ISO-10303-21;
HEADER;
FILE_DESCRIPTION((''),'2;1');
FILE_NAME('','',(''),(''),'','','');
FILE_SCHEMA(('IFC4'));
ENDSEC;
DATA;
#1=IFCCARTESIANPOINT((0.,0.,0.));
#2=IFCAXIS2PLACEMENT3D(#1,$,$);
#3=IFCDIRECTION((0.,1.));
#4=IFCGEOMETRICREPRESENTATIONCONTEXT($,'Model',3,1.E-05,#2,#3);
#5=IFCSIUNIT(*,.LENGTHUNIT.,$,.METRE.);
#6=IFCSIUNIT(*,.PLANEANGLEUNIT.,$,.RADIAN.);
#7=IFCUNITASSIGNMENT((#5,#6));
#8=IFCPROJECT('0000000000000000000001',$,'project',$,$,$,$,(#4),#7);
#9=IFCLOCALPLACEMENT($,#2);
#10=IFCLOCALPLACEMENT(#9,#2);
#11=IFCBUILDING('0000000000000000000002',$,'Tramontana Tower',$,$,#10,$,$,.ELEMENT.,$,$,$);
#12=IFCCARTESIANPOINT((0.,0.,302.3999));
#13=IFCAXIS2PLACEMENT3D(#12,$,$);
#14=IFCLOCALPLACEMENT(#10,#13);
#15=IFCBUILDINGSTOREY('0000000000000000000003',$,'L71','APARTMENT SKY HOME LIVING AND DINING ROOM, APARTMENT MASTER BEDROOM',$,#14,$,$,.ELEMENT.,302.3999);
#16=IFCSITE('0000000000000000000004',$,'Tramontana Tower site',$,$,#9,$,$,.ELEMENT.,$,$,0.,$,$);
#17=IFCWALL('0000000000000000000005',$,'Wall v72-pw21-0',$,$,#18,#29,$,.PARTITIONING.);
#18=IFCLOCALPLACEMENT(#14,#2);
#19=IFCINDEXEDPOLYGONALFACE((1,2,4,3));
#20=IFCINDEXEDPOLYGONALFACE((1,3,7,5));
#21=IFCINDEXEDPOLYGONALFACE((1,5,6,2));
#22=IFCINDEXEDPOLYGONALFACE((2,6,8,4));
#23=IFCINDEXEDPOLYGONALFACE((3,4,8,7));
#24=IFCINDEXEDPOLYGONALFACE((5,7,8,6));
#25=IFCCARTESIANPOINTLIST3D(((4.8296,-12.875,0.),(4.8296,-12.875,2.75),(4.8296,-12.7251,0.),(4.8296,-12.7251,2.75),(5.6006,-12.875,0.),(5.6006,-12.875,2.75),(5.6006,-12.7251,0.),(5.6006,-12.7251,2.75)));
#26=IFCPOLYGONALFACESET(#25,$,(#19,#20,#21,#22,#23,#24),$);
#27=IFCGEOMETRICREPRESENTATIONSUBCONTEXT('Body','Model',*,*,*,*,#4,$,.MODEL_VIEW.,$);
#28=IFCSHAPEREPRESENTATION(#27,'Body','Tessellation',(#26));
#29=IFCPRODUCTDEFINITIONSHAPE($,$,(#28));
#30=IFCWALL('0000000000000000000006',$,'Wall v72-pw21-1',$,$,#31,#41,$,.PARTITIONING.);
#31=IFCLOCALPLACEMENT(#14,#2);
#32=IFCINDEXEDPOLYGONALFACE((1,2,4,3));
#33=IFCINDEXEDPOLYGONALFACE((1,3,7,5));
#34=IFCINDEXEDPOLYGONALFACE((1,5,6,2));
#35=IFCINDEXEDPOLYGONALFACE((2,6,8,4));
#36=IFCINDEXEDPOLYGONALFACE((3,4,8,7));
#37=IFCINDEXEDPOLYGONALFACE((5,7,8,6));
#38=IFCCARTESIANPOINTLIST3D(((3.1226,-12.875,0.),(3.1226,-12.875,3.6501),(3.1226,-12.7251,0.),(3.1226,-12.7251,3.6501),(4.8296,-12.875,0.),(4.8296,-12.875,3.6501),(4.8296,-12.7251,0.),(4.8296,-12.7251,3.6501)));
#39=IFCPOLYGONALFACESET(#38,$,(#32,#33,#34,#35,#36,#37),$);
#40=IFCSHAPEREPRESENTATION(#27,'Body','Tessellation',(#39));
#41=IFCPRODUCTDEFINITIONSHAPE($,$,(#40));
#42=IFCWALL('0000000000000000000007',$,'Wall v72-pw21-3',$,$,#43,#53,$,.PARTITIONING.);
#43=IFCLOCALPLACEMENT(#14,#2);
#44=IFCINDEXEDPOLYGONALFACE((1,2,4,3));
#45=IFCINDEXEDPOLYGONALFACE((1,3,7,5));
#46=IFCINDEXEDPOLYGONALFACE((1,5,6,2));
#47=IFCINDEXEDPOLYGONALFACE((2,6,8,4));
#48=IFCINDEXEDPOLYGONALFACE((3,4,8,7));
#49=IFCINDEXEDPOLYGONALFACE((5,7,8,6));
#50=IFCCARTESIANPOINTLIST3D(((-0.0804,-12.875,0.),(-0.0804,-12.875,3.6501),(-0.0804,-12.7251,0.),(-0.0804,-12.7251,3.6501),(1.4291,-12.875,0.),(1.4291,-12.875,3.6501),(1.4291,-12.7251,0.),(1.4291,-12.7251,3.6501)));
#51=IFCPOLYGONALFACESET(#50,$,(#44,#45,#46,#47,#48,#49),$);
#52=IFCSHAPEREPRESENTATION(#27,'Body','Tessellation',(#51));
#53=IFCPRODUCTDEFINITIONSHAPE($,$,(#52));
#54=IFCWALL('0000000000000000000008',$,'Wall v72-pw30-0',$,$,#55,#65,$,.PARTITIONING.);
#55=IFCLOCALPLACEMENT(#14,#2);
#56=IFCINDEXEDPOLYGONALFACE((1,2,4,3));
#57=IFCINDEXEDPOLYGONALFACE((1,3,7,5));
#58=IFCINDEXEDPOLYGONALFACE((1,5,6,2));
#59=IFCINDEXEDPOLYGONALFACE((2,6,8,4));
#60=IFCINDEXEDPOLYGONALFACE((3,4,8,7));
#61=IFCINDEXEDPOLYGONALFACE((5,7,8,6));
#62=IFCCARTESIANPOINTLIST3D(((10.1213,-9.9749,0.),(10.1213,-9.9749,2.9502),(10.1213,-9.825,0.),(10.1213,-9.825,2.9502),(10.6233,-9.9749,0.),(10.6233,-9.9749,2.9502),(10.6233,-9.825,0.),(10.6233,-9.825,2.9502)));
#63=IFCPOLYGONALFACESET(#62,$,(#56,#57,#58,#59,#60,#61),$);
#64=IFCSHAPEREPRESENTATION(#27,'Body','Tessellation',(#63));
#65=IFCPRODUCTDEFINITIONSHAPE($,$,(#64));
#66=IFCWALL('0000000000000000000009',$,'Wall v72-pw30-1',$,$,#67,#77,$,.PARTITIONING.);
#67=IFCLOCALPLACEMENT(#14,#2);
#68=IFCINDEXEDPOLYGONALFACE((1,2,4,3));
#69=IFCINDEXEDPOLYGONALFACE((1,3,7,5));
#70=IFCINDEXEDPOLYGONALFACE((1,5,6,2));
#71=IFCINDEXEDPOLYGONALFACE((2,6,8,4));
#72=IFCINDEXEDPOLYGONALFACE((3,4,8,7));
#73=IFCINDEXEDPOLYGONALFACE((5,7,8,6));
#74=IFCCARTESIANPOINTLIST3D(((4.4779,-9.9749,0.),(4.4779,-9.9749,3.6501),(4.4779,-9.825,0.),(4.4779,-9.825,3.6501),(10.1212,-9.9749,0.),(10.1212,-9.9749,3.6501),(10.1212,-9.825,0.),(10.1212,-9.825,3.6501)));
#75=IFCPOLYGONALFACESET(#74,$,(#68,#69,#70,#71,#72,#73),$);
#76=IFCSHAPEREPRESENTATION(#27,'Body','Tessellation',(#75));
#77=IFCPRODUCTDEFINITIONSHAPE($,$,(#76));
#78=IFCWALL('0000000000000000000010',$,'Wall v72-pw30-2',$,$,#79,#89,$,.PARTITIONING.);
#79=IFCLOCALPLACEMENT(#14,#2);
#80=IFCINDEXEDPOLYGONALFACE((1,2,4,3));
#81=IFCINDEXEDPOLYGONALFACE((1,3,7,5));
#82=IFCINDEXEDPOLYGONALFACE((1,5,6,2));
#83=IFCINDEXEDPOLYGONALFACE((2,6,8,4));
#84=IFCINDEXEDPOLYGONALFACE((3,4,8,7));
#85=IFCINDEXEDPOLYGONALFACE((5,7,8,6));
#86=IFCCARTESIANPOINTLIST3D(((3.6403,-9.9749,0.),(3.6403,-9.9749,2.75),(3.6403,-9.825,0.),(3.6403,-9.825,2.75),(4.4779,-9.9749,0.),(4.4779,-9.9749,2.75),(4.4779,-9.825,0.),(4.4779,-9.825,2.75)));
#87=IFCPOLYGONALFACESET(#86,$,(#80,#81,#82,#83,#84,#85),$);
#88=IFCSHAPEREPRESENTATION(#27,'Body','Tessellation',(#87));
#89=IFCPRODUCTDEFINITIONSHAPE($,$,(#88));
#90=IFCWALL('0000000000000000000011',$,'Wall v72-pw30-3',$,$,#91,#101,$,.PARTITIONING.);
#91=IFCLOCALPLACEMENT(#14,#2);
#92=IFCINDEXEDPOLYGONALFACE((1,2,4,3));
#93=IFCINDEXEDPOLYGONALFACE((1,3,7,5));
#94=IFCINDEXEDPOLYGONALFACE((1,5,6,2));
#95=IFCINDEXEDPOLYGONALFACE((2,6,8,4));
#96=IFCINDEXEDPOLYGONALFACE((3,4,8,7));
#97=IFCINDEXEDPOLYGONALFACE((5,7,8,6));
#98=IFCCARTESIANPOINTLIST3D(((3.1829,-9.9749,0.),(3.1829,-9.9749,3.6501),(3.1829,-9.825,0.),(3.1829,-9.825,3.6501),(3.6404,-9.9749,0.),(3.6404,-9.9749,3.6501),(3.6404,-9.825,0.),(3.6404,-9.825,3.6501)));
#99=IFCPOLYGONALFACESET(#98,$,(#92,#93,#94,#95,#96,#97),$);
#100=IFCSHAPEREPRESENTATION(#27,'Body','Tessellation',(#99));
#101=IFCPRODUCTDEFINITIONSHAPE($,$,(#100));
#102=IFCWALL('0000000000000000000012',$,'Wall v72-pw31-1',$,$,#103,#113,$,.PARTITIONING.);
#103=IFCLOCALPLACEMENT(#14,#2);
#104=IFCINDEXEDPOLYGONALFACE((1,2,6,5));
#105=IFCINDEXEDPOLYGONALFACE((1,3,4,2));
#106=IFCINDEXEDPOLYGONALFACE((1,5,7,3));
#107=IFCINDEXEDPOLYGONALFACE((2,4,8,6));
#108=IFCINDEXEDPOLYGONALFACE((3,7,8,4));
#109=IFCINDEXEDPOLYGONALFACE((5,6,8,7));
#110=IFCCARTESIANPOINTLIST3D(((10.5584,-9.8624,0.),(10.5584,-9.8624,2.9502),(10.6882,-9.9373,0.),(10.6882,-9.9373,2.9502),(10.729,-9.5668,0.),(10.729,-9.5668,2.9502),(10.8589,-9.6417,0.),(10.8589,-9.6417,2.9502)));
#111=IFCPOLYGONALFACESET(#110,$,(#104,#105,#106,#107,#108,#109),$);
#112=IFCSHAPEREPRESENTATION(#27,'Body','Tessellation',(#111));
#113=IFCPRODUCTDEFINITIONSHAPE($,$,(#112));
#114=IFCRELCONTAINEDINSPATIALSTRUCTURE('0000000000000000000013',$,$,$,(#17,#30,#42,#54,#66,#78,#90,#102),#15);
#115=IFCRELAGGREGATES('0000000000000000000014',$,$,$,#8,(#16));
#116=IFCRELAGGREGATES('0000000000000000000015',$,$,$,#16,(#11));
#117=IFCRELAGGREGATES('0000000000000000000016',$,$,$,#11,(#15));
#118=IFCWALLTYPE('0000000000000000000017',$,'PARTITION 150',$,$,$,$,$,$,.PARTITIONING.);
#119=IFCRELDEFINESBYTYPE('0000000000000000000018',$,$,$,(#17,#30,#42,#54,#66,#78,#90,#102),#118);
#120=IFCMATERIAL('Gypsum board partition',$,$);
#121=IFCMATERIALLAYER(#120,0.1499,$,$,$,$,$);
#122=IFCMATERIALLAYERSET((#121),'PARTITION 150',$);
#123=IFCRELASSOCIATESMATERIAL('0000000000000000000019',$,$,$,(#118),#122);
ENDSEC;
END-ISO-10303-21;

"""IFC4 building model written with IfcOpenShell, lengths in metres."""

from ifc_helpers import new_model, si_unit, direction, frame, frame_2d, origin, place, context, subcontext, project, spatial, rectangle, extrude, material, layer, layer_set, type_object, element, save


model = new_model("IFC4")

# Units and contexts
model_context = context("Model", 3, precision=1e-05, world=origin(), true_north=direction((0.0, 1.0)))
body_context = subcontext(model_context, "Body", "Model", "MODEL_VIEW")
ifc_project = project(units=[si_unit("LENGTHUNIT", "METRE"), si_unit("PLANEANGLEUNIT", "RADIAN")], contexts=[model_context])

# Site, building, storey
site_placement = place(None, origin())
site = spatial("IfcSite", under=ifc_project, at=site_placement, Name="Tramontana Tower site", CompositionType="ELEMENT", RefElevation=0.0)
building_placement = place(site_placement, origin())
building = spatial("IfcBuilding", under=site, at=building_placement, Name="Tramontana Tower", CompositionType="ELEMENT")
storey_placement = place(building_placement, frame((0.0, 0.0, 302.3999)))
storey = spatial("IfcBuildingStorey", under=building, at=storey_placement, Name="L71", Description="APARTMENT SKY HOME LIVING AND DINING ROOM, APARTMENT MASTER BEDROOM", CompositionType="ELEMENT", Elevation=302.3999)

# Shared definitions
ifc_material_1 = material(Name="Gypsum board partition")
ifc_layer_1 = layer(ifc_material_1, 0.1499)
ifc_layer_set_1 = layer_set([ifc_layer_1], Name="PARTITION 150")
wall_type_1 = type_object("IfcWallType", Name="PARTITION 150", PredefinedType="PARTITIONING", material=ifc_layer_set_1)

# Walls
wall_1_placement = place(storey_placement, frame((5.6006, -12.8, 0.0), z_axis=(0.0, 0.0, 1.0), x_axis=(-1.0, 0.0, 0.0)))
element("IfcWall", 1, at=wall_1_placement, inside=storey, type_object=wall_type_1, Name="Wall v72-pw21-0", PredefinedType="PARTITIONING", context=body_context, shape_type="SweptSolid", body=[
    extrude(rectangle(XDim=0.771, YDim=0.1499, at=frame_2d((0.3855, 0.0))), origin(), (0.0, 0.0, 1.0), 2.75),
])
wall_2_placement = place(storey_placement, frame((4.8296, -12.8, 0.0), z_axis=(0.0, 0.0, 1.0), x_axis=(-1.0, 0.0, 0.0)))
element("IfcWall", 2, at=wall_2_placement, inside=storey, type_object=wall_type_1, Name="Wall v72-pw21-1", PredefinedType="PARTITIONING", context=body_context, shape_type="SweptSolid", body=[
    extrude(rectangle(XDim=1.707, YDim=0.1499, at=frame_2d((0.8535, 0.0))), origin(), (0.0, 0.0, 1.0), 3.6501),
])

# Walls
wall_3_placement = place(storey_placement, frame((1.4292, -12.8, 0.0), z_axis=(0.0, 0.0, 1.0), x_axis=(-1.0, 0.0, 0.0)))
element("IfcWall", 3, at=wall_3_placement, inside=storey, type_object=wall_type_1, Name="Wall v72-pw21-3", PredefinedType="PARTITIONING", context=body_context, shape_type="SweptSolid", body=[
    extrude(rectangle(XDim=1.5095, YDim=0.1499, at=frame_2d((0.7549, 0.0))), origin(), (0.0, 0.0, 1.0), 3.6501),
])
wall_4_placement = place(storey_placement, frame((10.6233, -9.8999, 0.0), z_axis=(0.0, 0.0, 1.0), x_axis=(-1.0, 0.0, 0.0)))
element("IfcWall", 4, at=wall_4_placement, inside=storey, type_object=wall_type_1, Name="Wall v72-pw30-0", PredefinedType="PARTITIONING", context=body_context, shape_type="SweptSolid", body=[
    extrude(rectangle(XDim=0.502, YDim=0.1499, at=frame_2d((0.251, 0.0))), origin(), (0.0, 0.0, 1.0), 2.9502),
])
wall_5_placement = place(storey_placement, frame((10.1213, -9.8999, 0.0), z_axis=(0.0, 0.0, 1.0), x_axis=(-1.0, 0.0, 0.0)))
element("IfcWall", 5, at=wall_5_placement, inside=storey, type_object=wall_type_1, Name="Wall v72-pw30-1", PredefinedType="PARTITIONING", context=body_context, shape_type="SweptSolid", body=[
    extrude(rectangle(XDim=5.6433, YDim=0.1499, at=frame_2d((2.8218, 0.0))), origin(), (0.0, 0.0, 1.0), 3.6501),
])
wall_6_placement = place(storey_placement, frame((4.478, -9.8999, 0.0), z_axis=(0.0, 0.0, 1.0), x_axis=(-1.0, 0.0, 0.0)))
element("IfcWall", 6, at=wall_6_placement, inside=storey, type_object=wall_type_1, Name="Wall v72-pw30-2", PredefinedType="PARTITIONING", context=body_context, shape_type="SweptSolid", body=[
    extrude(rectangle(XDim=0.8376, YDim=0.1499, at=frame_2d((0.4189, 0.0))), origin(), (0.0, 0.0, 1.0), 2.75),
])
wall_7_placement = place(storey_placement, frame((3.6404, -9.8999, 0.0), z_axis=(0.0, 0.0, 1.0), x_axis=(-1.0, 0.0, 0.0)))
element("IfcWall", 7, at=wall_7_placement, inside=storey, type_object=wall_type_1, Name="Wall v72-pw30-3", PredefinedType="PARTITIONING", context=body_context, shape_type="SweptSolid", body=[
    extrude(rectangle(XDim=0.4575, YDim=0.1499, at=frame_2d((0.2288, 0.0))), origin(), (0.0, 0.0, 1.0), 3.6501),
])
wall_8_placement = place(storey_placement, frame((10.7939, -9.6042, 0.0), z_axis=(0.0, 0.0, 1.0), x_axis=(-0.499908, -0.866078, 0.0)))
element("IfcWall", 8, at=wall_8_placement, inside=storey, type_object=wall_type_1, Name="Wall v72-pw31-1", PredefinedType="PARTITIONING", context=body_context, shape_type="SweptSolid", body=[
    extrude(rectangle(XDim=0.3413, YDim=0.1499, at=frame_2d((0.1707, 0.0))), origin(), (0.0, 0.0, 1.0), 2.9502),
])

save(model, "model.ifc")
